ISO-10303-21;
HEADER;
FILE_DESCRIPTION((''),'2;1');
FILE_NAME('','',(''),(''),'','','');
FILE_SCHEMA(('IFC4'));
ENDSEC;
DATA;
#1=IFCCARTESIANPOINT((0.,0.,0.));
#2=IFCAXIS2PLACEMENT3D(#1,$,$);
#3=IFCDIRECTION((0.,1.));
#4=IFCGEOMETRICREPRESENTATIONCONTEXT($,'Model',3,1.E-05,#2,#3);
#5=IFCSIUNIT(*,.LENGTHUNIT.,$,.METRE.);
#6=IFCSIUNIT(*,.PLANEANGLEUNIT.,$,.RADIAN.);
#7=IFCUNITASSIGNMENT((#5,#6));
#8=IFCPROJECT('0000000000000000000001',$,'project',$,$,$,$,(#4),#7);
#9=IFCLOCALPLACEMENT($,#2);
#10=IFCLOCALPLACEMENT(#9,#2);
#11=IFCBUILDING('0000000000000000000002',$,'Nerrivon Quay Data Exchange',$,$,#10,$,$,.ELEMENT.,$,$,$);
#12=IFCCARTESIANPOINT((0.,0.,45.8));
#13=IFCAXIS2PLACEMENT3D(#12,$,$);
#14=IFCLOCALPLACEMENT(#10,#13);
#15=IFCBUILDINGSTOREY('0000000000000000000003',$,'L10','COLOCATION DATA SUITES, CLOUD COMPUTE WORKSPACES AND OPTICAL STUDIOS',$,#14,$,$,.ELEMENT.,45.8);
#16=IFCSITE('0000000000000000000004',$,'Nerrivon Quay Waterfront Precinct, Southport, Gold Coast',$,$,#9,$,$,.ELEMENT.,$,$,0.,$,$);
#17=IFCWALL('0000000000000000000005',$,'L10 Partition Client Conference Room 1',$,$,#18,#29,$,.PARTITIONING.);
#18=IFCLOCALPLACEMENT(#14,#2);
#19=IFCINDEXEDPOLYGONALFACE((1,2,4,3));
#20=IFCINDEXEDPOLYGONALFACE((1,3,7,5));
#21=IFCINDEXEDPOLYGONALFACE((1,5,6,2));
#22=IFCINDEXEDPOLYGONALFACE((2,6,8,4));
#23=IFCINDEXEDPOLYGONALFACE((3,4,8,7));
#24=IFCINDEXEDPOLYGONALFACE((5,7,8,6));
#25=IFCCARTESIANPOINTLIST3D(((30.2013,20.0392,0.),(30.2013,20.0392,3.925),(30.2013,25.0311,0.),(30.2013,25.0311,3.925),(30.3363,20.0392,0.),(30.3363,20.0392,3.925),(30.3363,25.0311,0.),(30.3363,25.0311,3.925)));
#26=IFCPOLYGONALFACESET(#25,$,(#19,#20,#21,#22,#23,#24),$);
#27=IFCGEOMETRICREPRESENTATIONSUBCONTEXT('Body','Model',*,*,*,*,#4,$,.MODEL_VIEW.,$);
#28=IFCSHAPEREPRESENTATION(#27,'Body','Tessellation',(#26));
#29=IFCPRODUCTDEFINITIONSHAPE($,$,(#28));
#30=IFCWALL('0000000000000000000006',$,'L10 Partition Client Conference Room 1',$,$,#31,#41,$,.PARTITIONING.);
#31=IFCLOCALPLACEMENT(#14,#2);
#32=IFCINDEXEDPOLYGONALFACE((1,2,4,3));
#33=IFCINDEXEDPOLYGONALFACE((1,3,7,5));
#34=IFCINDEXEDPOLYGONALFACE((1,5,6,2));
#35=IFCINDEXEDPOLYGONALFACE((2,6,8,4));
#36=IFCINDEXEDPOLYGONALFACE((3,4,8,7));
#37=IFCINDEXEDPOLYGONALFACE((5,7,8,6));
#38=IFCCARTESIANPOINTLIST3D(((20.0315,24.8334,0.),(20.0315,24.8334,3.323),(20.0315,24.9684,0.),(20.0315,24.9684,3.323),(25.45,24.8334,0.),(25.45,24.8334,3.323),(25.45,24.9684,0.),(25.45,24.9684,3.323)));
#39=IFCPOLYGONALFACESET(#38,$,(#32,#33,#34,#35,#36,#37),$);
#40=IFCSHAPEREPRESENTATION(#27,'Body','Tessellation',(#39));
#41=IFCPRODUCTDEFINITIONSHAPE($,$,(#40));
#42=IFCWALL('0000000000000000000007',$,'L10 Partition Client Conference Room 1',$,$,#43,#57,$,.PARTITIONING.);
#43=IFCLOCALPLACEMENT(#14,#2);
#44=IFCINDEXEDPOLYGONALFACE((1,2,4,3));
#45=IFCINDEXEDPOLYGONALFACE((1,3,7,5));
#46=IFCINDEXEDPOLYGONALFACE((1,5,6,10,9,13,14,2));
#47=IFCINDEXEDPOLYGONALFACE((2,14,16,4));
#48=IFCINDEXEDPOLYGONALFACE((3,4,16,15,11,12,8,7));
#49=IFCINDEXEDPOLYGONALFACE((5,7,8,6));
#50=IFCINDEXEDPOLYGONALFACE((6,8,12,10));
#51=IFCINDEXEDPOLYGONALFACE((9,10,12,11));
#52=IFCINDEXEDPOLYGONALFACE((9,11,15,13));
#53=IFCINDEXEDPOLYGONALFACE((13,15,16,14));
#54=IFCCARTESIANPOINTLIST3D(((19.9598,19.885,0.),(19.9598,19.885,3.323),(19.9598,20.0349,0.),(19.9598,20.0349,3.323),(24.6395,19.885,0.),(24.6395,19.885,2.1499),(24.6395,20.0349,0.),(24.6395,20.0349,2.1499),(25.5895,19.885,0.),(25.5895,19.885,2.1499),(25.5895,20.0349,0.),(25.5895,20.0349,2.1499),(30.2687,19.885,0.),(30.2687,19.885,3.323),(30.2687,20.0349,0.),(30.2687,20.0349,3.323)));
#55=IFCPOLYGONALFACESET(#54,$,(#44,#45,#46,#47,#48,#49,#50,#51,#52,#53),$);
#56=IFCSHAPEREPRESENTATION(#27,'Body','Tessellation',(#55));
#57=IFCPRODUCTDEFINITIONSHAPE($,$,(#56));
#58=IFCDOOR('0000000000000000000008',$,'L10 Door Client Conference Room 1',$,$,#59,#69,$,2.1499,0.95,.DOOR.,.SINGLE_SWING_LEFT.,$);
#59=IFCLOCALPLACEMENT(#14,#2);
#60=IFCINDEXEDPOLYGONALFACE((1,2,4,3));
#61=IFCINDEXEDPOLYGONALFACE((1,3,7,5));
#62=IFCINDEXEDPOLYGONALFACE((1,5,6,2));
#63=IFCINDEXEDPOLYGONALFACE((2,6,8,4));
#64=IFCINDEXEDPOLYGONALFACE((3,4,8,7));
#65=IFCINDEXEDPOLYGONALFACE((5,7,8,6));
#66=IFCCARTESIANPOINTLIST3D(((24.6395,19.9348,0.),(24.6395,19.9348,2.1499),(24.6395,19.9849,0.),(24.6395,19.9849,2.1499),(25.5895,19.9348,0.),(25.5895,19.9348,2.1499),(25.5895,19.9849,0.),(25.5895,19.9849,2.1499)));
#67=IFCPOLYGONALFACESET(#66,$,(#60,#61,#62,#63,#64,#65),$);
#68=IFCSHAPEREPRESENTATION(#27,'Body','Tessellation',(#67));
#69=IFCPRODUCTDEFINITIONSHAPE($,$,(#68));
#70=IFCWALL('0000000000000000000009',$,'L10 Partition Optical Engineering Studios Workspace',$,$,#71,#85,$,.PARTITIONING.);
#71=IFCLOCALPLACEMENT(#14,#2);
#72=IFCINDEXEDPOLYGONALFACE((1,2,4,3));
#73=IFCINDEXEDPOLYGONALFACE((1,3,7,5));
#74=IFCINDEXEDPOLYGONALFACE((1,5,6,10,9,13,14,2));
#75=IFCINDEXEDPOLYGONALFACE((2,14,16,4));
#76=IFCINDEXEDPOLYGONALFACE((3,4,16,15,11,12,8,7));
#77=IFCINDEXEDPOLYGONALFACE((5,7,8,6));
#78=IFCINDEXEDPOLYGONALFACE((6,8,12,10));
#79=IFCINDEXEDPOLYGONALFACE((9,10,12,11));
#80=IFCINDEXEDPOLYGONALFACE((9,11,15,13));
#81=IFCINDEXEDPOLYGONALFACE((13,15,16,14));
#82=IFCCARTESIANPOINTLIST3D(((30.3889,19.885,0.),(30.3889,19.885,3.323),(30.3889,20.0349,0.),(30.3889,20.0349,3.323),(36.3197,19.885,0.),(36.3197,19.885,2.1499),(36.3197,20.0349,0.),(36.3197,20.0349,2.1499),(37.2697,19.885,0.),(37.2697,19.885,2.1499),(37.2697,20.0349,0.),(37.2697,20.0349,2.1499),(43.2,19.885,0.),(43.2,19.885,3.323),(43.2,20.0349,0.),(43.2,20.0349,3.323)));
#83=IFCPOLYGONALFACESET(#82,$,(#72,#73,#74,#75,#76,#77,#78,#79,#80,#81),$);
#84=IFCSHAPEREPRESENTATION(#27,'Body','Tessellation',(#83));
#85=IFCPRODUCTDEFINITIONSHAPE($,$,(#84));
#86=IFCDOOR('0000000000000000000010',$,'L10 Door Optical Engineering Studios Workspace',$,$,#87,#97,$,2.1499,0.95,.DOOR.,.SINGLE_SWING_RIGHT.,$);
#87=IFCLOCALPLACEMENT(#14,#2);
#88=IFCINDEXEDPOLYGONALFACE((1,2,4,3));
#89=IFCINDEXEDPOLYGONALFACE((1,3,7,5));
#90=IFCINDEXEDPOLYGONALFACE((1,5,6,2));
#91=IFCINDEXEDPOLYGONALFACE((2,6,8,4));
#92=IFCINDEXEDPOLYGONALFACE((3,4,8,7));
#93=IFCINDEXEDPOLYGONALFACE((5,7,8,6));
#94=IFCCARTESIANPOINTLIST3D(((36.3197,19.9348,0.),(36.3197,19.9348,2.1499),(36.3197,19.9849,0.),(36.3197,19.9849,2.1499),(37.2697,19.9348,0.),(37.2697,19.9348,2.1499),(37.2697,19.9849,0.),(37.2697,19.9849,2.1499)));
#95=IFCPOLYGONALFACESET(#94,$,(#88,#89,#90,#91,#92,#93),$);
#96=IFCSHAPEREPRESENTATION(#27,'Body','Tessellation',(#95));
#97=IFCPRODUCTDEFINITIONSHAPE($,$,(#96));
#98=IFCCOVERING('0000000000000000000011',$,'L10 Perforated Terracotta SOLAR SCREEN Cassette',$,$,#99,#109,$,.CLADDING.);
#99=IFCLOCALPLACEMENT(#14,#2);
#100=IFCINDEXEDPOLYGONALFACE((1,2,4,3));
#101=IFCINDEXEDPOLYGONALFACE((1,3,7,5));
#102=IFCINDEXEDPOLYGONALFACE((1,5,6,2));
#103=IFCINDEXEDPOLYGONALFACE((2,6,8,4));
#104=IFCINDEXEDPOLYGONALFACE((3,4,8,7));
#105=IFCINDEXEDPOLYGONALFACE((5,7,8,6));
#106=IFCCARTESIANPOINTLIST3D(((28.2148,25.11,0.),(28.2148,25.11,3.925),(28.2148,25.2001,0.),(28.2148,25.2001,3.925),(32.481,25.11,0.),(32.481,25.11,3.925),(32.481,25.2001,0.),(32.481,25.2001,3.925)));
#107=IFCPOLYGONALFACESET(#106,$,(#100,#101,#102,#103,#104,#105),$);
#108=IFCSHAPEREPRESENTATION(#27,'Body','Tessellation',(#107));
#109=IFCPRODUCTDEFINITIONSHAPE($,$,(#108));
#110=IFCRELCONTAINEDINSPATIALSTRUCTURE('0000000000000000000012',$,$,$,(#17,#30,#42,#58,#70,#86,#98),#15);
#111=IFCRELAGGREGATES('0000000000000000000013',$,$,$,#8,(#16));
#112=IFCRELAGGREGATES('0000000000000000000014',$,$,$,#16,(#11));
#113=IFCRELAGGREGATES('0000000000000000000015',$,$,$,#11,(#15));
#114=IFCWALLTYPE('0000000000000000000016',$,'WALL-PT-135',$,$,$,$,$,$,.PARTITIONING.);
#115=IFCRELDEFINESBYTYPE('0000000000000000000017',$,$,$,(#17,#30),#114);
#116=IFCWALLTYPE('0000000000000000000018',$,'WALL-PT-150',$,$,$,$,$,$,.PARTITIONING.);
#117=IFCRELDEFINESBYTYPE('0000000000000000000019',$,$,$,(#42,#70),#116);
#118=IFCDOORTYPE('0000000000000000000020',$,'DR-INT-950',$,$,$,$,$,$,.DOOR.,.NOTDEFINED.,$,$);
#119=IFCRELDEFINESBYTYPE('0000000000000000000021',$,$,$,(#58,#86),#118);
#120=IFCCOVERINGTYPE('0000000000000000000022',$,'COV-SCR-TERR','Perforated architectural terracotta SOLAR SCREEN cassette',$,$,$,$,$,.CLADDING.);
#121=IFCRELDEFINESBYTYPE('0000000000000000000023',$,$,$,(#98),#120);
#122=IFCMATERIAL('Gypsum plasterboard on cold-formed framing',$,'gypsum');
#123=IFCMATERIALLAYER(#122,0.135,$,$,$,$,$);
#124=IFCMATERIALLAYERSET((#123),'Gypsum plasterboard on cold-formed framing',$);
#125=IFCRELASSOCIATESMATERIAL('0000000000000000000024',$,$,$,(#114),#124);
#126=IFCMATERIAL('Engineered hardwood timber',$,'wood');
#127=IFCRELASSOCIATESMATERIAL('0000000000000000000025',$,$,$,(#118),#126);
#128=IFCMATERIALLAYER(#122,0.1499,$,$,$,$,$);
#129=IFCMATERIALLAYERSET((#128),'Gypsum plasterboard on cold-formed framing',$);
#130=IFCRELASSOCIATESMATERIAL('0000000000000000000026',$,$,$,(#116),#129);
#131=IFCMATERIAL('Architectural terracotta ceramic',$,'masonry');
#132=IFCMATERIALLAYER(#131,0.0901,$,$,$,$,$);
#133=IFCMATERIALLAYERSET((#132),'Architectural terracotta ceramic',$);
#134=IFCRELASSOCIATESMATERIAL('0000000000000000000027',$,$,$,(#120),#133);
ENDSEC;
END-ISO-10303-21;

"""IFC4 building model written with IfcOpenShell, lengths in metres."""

from ifc_helpers import new_model, si_unit, direction, frame, frame_2d, origin, origin_2d, place, context, subcontext, project, spatial, rectangle, extrude, material, layer, layer_set, type_object, element, fill, save


model = new_model("IFC4")

# Units and contexts
model_context = context("Model", 3, precision=1e-05, world=origin(), true_north=direction((0.0, 1.0)))
body_context = subcontext(model_context, "Body", "Model", "MODEL_VIEW")
ifc_project = project(units=[si_unit("LENGTHUNIT", "METRE"), si_unit("PLANEANGLEUNIT", "RADIAN")], contexts=[model_context])

# Site, building, storey
site_placement = place(None, origin())
site = spatial("IfcSite", under=ifc_project, at=site_placement, Name="Nerrivon Quay Waterfront Precinct, Southport, Gold Coast", CompositionType="ELEMENT", RefElevation=0.0)
building_placement = place(site_placement, origin())
building = spatial("IfcBuilding", under=site, at=building_placement, Name="Nerrivon Quay Data Exchange", CompositionType="ELEMENT")
storey_placement = place(building_placement, frame((0.0, 0.0, 45.8)))
storey = spatial("IfcBuildingStorey", under=building, at=storey_placement, Name="L10", Description="COLOCATION DATA SUITES, CLOUD COMPUTE WORKSPACES AND OPTICAL STUDIOS", CompositionType="ELEMENT", Elevation=45.8)

# Shared definitions
ifc_material_1 = material(Name="Gypsum plasterboard on cold-formed framing", Category="gypsum")

# Shared definitions
ifc_layer_1 = layer(ifc_material_1, 0.135)
ifc_layer_set_1 = layer_set([ifc_layer_1], Name="Gypsum plasterboard on cold-formed framing")
wall_type_1 = type_object("IfcWallType", Name="WALL-PT-135", PredefinedType="PARTITIONING", material=ifc_layer_set_1)
ifc_material_2 = material(Name="Engineered hardwood timber", Category="wood")
door_type = type_object("IfcDoorType", Name="DR-INT-950", OperationType="NOTDEFINED", PredefinedType="DOOR", material=ifc_material_2)

# Walls
wall_1_placement = place(storey_placement, frame((30.2688, 20.0391, 0.0), z_axis=(0.0, 0.0, 1.0), x_axis=(0.0, 1.0, 0.0)))
element("IfcWall", 1, at=wall_1_placement, inside=storey, type_object=wall_type_1, Name="L10 Partition Client Conference Room 1", PredefinedType="PARTITIONING", context=body_context, shape_type="SweptSolid", body=[
    extrude(rectangle(XDim=4.9919, YDim=0.135, at=frame_2d((2.4961, 0.0))), origin(), (0.0, 0.0, 1.0), 3.925),
])
wall_2_placement = place(storey_placement, frame((25.45, 24.9009, 0.0), z_axis=(0.0, 0.0, 1.0), x_axis=(-1.0, 0.0, 0.0)))
element("IfcWall", 2, at=wall_2_placement, inside=storey, type_object=wall_type_1, Name="L10 Partition Client Conference Room 1", PredefinedType="PARTITIONING", context=body_context, shape_type="SweptSolid", body=[
    extrude(rectangle(XDim=5.4185, YDim=0.135, at=frame_2d((2.7092, 0.0))), origin(), (0.0, 0.0, 1.0), 3.323),
])

# Walls, openings, doors
ifc_layer_2 = layer(ifc_material_1, 0.1499)
ifc_layer_set_2 = layer_set([ifc_layer_2], Name="Gypsum plasterboard on cold-formed framing")
wall_type_2 = type_object("IfcWallType", Name="WALL-PT-150", PredefinedType="PARTITIONING", material=ifc_layer_set_2)
wall_3_placement = place(storey_placement, frame((19.96, 19.96, 0.0), z_axis=(0.0, 0.0, 1.0), x_axis=(1.0, 0.0, 0.0)))
wall_3 = element("IfcWall", 3, at=wall_3_placement, inside=storey, type_object=wall_type_2, Name="L10 Partition Client Conference Room 1", PredefinedType="PARTITIONING", context=body_context, shape_type="SweptSolid", body=[
    extrude(rectangle(XDim=10.3088, YDim=0.1499, at=frame_2d((5.1543, 0.0))), origin(), (0.0, 0.0, 1.0), 3.323),
])
opening_1_placement = place(wall_3_placement, frame((4.6794, 0.0, 0.0)))
opening_1 = element("IfcOpeningElement", 4, at=opening_1_placement, cuts=wall_3, PredefinedType="OPENING", context=body_context, shape_type="SweptSolid", body=[
    extrude(rectangle(XDim=0.95, YDim=2.1499, at=frame_2d((0.4751, 1.075))), frame((0.0, 0.085, 0.0), z_axis=(0.0, -1.0, 0.0), x_axis=(1.0, 0.0, 0.0)), (0.0, 0.0, 1.0), 0.1699),
])
door_1_placement = place(opening_1_placement, origin())
door_1 = element("IfcDoor", 5, at=door_1_placement, inside=storey, type_object=door_type, Name="L10 Door Client Conference Room 1", OperationType="SINGLE_SWING_LEFT", OverallHeight=2.1499, OverallWidth=0.95, PredefinedType="DOOR", context=body_context, shape_type="SweptSolid", body=[
    extrude(rectangle(XDim=0.95, YDim=2.1499, at=frame_2d((0.4751, 1.075))), frame((0.0, 0.0249, 0.0), z_axis=(0.0, -1.0, 0.0), x_axis=(1.0, 0.0, 0.0)), (0.0, 0.0, 1.0), 0.05),
])
fill(opening_1, door_1)
wall_4_placement = place(storey_placement, frame((30.3889, 19.96, 0.0), z_axis=(0.0, 0.0, 1.0), x_axis=(1.0, 0.0, 0.0)))
wall_4 = element("IfcWall", 6, at=wall_4_placement, inside=storey, type_object=wall_type_2, Name="L10 Partition Optical Engineering Studios Workspace", PredefinedType="PARTITIONING", context=body_context, shape_type="SweptSolid", body=[
    extrude(rectangle(XDim=12.811, YDim=0.1499, at=frame_2d((6.4055, 0.0))), origin(), (0.0, 0.0, 1.0), 3.323),
])
opening_2_placement = place(wall_4_placement, frame((5.9307, 0.0, 0.0)))
opening_2 = element("IfcOpeningElement", 7, at=opening_2_placement, cuts=wall_4, PredefinedType="OPENING", context=body_context, shape_type="SweptSolid", body=[
    extrude(rectangle(XDim=0.95, YDim=2.1499, at=frame_2d((0.4751, 1.075))), frame((0.0, 0.085, 0.0), z_axis=(0.0, -1.0, 0.0), x_axis=(1.0, 0.0, 0.0)), (0.0, 0.0, 1.0), 0.1699),
])
door_2_placement = place(opening_2_placement, origin())
door_2 = element("IfcDoor", 8, at=door_2_placement, inside=storey, type_object=door_type, Name="L10 Door Optical Engineering Studios Workspace", OperationType="SINGLE_SWING_RIGHT", OverallHeight=2.1499, OverallWidth=0.95, PredefinedType="DOOR", context=body_context, shape_type="SweptSolid", body=[
    extrude(rectangle(XDim=0.95, YDim=2.1499, at=frame_2d((0.4751, 1.075))), frame((0.0, 0.0249, 0.0), z_axis=(0.0, -1.0, 0.0), x_axis=(1.0, 0.0, 0.0)), (0.0, 0.0, 1.0), 0.05),
])
fill(opening_2, door_2)

# Covering
ifc_material_3 = material(Name="Architectural terracotta ceramic", Category="masonry")
ifc_layer_3 = layer(ifc_material_3, 0.0901)
ifc_layer_set_3 = layer_set([ifc_layer_3], Name="Architectural terracotta ceramic")
covering_type = type_object("IfcCoveringType", Name="COV-SCR-TERR", Description="Perforated architectural terracotta SOLAR SCREEN cassette", PredefinedType="CLADDING", material=ifc_layer_set_3)
covering_placement = place(storey_placement, frame((30.3479, 25.155, 0.0), z_axis=(0.0, 0.0, 1.0), x_axis=(1.0, 0.0, 0.0)))
element("IfcCovering", 9, at=covering_placement, inside=storey, type_object=covering_type, Name="L10 Perforated Terracotta SOLAR SCREEN Cassette", PredefinedType="CLADDING", context=body_context, shape_type="SweptSolid", body=[
    extrude(rectangle(XDim=4.2661, YDim=0.0901, at=origin_2d()), origin(), (0.0, 0.0, 1.0), 3.925),
])

save(model, "model.ifc")
